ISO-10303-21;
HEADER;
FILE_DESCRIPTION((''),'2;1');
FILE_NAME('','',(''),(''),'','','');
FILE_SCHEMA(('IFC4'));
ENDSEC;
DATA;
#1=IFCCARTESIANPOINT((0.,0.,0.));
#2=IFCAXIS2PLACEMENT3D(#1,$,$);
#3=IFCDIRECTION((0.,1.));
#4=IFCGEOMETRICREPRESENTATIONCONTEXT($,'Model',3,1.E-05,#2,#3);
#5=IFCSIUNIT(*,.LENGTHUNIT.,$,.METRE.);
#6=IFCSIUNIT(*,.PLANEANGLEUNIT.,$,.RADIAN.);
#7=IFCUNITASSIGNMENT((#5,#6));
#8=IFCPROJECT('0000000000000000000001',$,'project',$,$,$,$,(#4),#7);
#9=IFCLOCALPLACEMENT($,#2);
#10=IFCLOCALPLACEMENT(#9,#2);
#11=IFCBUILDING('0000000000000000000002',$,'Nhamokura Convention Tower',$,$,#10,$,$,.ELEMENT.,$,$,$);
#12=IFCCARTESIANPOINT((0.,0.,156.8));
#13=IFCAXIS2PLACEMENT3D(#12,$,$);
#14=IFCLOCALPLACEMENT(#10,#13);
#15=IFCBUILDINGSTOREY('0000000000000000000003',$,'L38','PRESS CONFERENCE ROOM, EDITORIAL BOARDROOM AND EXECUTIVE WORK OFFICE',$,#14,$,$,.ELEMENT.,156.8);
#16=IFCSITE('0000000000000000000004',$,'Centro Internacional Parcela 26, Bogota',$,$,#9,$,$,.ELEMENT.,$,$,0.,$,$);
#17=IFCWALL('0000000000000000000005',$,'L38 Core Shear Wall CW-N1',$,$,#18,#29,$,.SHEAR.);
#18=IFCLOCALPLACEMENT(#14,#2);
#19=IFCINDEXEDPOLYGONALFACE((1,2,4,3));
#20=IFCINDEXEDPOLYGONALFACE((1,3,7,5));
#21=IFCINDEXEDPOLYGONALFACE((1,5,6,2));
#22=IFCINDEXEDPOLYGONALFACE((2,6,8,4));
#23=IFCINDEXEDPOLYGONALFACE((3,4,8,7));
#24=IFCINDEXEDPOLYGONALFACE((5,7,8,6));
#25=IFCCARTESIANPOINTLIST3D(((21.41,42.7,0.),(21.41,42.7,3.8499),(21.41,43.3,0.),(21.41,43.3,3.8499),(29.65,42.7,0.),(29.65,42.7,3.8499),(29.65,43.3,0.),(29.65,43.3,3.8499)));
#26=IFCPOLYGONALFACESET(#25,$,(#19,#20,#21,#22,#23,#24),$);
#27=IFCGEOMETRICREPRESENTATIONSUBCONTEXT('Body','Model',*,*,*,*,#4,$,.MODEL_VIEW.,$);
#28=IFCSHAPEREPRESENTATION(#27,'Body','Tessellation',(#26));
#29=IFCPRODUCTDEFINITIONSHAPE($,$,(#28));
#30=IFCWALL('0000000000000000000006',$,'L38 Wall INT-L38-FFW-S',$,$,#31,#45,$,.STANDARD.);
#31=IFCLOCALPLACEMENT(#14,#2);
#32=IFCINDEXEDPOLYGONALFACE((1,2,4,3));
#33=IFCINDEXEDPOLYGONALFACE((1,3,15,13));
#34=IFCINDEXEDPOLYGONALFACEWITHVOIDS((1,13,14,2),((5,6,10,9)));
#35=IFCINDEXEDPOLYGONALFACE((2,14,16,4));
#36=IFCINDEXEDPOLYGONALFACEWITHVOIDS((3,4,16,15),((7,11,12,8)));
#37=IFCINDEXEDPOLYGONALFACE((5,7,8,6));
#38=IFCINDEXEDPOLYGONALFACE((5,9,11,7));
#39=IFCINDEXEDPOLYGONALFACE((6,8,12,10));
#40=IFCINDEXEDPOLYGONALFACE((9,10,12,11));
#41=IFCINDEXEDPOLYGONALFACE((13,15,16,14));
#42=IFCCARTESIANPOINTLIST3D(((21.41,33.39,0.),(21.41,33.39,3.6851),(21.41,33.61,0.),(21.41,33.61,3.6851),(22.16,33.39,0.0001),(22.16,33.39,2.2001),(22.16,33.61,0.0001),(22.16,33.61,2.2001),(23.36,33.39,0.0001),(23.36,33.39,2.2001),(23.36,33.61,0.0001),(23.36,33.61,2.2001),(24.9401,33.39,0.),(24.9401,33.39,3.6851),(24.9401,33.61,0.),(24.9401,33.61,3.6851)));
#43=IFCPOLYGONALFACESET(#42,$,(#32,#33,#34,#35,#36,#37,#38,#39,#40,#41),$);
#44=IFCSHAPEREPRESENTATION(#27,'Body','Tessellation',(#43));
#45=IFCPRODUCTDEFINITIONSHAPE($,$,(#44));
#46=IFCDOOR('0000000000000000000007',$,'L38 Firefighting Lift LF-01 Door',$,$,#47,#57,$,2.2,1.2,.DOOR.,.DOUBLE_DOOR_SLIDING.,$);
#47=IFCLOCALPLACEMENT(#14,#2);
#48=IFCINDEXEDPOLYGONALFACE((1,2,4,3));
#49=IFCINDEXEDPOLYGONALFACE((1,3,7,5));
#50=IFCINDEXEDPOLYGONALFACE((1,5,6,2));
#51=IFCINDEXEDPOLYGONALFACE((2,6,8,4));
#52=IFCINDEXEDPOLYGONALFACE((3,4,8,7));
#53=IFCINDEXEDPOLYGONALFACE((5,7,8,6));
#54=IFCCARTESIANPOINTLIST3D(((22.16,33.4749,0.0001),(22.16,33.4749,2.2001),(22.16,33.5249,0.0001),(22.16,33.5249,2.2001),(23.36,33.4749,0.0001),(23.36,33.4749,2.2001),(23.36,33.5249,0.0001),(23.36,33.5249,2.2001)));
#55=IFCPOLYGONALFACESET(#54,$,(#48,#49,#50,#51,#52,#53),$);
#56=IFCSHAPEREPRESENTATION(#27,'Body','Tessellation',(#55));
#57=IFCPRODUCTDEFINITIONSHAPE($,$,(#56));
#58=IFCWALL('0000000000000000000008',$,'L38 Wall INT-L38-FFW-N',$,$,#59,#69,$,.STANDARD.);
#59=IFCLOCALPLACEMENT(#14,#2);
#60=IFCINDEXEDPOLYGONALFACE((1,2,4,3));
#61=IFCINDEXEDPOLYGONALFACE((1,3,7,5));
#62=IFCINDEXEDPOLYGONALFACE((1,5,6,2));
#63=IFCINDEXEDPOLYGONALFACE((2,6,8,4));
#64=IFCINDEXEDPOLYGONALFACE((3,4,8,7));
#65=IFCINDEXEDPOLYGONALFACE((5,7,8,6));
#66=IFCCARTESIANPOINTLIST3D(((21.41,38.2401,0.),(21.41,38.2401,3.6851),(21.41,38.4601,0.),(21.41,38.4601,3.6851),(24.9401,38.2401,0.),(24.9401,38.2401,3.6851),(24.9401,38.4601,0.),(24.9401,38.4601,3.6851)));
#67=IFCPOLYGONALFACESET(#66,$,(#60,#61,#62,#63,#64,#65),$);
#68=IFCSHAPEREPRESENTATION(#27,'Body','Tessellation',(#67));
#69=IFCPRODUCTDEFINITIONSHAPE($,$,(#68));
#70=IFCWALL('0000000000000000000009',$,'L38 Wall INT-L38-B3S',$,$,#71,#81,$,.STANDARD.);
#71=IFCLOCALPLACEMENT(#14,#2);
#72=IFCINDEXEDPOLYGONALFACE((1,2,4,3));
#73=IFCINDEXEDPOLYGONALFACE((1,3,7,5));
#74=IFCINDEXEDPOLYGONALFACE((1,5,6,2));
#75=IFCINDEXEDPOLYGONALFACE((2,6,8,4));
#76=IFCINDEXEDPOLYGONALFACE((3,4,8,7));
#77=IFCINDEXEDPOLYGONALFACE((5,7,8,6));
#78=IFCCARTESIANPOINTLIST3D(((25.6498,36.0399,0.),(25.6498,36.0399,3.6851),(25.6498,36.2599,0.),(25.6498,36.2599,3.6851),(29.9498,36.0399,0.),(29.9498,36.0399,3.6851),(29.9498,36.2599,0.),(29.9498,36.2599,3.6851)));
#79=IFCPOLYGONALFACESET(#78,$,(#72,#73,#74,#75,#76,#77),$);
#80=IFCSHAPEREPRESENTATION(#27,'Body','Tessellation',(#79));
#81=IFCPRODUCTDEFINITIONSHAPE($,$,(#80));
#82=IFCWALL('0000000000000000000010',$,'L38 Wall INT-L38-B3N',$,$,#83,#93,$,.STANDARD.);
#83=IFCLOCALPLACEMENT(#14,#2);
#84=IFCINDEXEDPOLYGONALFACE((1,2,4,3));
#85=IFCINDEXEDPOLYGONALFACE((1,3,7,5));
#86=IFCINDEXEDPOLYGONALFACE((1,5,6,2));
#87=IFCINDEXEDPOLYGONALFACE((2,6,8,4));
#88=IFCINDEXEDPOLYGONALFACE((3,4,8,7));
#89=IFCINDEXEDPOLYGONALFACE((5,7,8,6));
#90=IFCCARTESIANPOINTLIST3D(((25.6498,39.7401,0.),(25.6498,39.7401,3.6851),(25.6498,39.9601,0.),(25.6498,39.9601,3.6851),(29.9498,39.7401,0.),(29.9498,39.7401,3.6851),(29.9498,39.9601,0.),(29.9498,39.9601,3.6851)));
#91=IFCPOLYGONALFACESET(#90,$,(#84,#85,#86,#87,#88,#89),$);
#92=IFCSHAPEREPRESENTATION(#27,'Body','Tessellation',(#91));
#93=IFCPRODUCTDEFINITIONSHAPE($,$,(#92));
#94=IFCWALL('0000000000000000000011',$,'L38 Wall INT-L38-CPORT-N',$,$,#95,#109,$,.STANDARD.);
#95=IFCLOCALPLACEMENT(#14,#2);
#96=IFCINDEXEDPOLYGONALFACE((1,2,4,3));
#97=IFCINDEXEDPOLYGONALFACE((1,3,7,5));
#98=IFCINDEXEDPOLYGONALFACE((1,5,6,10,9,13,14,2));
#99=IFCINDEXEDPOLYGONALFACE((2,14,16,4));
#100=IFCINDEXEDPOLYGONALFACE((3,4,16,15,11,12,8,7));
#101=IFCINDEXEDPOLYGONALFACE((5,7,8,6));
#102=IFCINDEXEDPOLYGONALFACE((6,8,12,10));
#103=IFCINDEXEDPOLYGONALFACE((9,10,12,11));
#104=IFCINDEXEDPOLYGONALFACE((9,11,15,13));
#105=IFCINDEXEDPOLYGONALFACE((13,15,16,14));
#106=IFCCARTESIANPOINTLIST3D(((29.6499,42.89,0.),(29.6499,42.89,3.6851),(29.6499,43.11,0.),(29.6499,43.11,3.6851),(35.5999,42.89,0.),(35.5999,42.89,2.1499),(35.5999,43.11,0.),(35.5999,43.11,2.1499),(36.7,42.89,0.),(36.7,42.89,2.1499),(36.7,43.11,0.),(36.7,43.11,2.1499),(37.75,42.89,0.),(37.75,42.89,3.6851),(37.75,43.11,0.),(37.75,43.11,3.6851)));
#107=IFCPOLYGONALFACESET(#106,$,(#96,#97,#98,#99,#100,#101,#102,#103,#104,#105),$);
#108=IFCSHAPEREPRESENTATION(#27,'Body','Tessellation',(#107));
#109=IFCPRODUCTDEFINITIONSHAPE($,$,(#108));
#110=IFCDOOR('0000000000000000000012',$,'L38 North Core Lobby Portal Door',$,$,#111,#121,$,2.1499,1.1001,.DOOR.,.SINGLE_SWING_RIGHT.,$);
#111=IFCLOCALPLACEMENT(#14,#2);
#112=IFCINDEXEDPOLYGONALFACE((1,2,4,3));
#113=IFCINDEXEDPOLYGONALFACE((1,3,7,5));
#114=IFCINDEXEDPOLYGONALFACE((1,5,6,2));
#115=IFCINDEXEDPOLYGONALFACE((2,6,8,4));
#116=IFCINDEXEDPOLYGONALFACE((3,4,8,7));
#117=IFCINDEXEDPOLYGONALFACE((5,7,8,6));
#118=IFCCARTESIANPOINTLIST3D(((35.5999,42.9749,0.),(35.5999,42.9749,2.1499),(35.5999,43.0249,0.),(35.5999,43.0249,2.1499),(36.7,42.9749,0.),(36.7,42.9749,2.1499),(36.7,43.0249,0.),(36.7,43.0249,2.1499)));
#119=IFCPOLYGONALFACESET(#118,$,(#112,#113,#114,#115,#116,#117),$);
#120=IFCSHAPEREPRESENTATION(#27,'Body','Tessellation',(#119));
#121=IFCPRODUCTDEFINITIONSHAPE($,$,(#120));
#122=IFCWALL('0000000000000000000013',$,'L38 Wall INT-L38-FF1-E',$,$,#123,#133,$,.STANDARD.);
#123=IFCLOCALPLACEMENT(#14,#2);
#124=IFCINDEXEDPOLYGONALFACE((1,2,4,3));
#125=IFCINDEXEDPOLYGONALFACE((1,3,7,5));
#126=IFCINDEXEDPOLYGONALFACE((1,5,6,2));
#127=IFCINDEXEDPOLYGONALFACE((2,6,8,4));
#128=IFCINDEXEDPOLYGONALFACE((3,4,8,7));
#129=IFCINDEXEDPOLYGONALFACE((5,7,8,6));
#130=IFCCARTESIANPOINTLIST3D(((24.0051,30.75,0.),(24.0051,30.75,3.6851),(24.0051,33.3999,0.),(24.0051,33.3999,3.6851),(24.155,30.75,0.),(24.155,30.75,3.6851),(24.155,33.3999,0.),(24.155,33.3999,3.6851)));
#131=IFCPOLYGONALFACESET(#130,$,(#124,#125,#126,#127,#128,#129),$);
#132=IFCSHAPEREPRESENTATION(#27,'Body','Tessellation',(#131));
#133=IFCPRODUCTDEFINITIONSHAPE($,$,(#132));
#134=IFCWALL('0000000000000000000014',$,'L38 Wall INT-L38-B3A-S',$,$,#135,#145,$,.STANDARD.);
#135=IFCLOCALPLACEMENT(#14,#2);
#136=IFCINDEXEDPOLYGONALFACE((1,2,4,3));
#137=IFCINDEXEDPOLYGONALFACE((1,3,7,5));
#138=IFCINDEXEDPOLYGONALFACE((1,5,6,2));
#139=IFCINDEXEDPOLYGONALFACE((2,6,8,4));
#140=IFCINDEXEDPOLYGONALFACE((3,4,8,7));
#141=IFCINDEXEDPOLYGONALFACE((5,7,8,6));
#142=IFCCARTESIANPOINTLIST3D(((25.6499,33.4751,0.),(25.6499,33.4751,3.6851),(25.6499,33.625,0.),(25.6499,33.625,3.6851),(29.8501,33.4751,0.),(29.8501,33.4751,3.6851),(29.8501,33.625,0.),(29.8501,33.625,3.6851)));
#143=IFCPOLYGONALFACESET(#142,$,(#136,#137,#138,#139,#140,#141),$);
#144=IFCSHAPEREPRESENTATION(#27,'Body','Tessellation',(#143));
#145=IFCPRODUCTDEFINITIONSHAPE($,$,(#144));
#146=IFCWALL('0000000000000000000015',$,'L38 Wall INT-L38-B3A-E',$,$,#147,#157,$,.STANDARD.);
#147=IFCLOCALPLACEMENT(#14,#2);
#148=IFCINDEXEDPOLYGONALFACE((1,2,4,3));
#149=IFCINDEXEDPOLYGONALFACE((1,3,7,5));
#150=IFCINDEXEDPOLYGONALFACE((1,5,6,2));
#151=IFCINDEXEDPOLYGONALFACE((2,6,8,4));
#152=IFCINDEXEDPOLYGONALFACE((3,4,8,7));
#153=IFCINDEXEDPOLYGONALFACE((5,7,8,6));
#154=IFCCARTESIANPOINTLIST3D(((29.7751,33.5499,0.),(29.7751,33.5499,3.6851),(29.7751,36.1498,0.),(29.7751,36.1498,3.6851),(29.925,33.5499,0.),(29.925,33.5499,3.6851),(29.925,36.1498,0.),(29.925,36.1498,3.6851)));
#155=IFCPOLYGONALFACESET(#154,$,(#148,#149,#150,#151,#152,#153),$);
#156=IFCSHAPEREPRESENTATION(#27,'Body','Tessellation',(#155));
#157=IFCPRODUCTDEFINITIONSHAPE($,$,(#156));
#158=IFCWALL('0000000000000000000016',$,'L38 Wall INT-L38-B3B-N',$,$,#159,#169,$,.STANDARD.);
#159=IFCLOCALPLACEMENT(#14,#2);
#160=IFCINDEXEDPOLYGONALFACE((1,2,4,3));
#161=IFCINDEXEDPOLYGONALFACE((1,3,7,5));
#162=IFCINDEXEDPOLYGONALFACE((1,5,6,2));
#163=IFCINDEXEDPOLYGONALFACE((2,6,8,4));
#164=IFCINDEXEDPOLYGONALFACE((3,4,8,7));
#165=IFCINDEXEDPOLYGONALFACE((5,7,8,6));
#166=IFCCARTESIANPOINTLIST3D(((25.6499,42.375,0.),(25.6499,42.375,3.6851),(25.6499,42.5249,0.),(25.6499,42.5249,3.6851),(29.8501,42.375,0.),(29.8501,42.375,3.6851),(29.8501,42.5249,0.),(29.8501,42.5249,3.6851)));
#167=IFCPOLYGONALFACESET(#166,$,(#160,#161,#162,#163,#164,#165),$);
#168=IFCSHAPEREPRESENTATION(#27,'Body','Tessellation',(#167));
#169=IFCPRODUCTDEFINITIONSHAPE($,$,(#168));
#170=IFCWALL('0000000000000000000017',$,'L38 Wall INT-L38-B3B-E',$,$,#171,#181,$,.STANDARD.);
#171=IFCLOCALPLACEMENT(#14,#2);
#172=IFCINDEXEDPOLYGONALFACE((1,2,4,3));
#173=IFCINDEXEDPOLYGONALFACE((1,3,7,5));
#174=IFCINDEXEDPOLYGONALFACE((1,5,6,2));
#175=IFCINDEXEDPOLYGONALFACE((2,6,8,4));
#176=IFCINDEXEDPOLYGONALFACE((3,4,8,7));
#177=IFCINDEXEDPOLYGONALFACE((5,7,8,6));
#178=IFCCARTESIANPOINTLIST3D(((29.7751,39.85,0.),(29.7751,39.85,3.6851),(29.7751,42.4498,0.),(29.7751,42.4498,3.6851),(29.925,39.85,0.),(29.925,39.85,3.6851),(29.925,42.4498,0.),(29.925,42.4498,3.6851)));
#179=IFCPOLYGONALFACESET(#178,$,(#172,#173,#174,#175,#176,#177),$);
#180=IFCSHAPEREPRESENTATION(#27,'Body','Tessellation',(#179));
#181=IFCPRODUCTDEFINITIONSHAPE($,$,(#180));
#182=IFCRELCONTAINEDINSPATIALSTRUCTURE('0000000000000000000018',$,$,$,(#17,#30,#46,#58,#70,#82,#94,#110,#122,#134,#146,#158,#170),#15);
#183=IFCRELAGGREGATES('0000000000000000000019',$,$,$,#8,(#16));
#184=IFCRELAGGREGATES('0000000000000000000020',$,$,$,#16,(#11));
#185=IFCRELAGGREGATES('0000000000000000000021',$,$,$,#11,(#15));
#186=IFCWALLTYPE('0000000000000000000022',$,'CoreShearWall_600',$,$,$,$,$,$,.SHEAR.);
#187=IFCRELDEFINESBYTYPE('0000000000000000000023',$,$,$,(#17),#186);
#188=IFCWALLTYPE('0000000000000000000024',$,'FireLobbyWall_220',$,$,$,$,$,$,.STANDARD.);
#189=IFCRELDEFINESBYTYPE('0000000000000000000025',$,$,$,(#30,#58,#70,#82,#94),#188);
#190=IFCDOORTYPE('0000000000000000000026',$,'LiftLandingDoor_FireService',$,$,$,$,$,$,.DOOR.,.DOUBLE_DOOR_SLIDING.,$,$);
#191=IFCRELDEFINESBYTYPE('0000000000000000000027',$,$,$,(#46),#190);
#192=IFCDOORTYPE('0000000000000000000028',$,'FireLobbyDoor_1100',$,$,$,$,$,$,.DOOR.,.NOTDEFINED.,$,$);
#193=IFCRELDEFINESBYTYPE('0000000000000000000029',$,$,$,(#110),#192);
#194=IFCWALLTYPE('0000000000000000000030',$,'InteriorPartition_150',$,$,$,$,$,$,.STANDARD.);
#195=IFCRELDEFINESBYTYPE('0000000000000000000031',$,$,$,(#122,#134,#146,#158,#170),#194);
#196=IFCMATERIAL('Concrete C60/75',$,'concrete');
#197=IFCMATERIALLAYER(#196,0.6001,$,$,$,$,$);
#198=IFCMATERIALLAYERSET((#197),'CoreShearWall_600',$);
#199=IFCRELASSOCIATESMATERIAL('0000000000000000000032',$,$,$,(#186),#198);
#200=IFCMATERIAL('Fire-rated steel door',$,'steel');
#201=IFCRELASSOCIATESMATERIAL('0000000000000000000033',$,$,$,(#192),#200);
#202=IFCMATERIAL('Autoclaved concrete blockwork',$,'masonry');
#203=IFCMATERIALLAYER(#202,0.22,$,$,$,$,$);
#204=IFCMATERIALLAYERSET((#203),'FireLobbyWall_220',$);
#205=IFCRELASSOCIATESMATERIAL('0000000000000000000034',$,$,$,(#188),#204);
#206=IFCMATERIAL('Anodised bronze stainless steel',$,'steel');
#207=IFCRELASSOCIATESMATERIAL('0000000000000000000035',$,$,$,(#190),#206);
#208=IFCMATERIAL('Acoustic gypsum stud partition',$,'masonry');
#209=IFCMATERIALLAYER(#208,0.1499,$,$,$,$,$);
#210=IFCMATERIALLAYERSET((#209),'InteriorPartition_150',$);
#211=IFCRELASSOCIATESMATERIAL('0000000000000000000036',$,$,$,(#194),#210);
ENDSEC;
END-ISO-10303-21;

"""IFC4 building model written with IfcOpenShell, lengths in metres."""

from ifc_helpers import new_model, si_unit, direction, frame, frame_2d, origin, place, context, subcontext, project, spatial, rectangle, extrude, material, layer, layer_set, type_object, element, fill, save


model = new_model("IFC4")

# Units and contexts
model_context = context("Model", 3, precision=1e-05, world=origin(), true_north=direction((0.0, 1.0)))
body_context = subcontext(model_context, "Body", "Model", "MODEL_VIEW")
ifc_project = project(units=[si_unit("LENGTHUNIT", "METRE"), si_unit("PLANEANGLEUNIT", "RADIAN")], contexts=[model_context])

# Site, building, storey
site_placement = place(None, origin())
site = spatial("IfcSite", under=ifc_project, at=site_placement, Name="Centro Internacional Parcela 26, Bogota", CompositionType="ELEMENT", RefElevation=0.0)
building_placement = place(site_placement, origin())
building = spatial("IfcBuilding", under=site, at=building_placement, Name="Nhamokura Convention Tower", CompositionType="ELEMENT")
storey_placement = place(building_placement, frame((0.0, 0.0, 156.8)))
storey = spatial("IfcBuildingStorey", under=building, at=storey_placement, Name="L38", Description="PRESS CONFERENCE ROOM, EDITORIAL BOARDROOM AND EXECUTIVE WORK OFFICE", CompositionType="ELEMENT", Elevation=156.8)

# Wall
ifc_material_1 = material(Name="Concrete C60/75", Category="concrete")
ifc_layer_1 = layer(ifc_material_1, 0.6001)
ifc_layer_set_1 = layer_set([ifc_layer_1], Name="CoreShearWall_600")
wall_type_1 = type_object("IfcWallType", Name="CoreShearWall_600", PredefinedType="SHEAR", material=ifc_layer_set_1)
wall_1_placement = place(storey_placement, frame((21.4099, 43.0, 0.0), z_axis=(0.0, 0.0, 1.0), x_axis=(1.0, 0.0, 0.0)))
element("IfcWall", 1, at=wall_1_placement, inside=storey, type_object=wall_type_1, Name="L38 Core Shear Wall CW-N1", PredefinedType="SHEAR", context=body_context, shape_type="SweptSolid", body=[
    extrude(rectangle(XDim=8.24, YDim=0.6001, at=frame_2d((4.1201, 0.0))), origin(), (0.0, 0.0, 1.0), 3.8499),
])

# Wall, opening, door
ifc_material_2 = material(Name="Fire-rated steel door", Category="steel")
door_type_1 = type_object("IfcDoorType", Name="FireLobbyDoor_1100", OperationType="NOTDEFINED", PredefinedType="DOOR", material=ifc_material_2)
ifc_material_3 = material(Name="Autoclaved concrete blockwork", Category="masonry")
ifc_layer_2 = layer(ifc_material_3, 0.22)
ifc_layer_set_2 = layer_set([ifc_layer_2], Name="FireLobbyWall_220")
wall_type_2 = type_object("IfcWallType", Name="FireLobbyWall_220", PredefinedType="STANDARD", material=ifc_layer_set_2)
wall_2_placement = place(storey_placement, frame((21.4099, 33.5, 0.0), z_axis=(0.0, 0.0, 1.0), x_axis=(1.0, 0.0, 0.0)))
wall_2 = element("IfcWall", 2, at=wall_2_placement, inside=storey, type_object=wall_type_2, Name="L38 Wall INT-L38-FFW-S", PredefinedType="STANDARD", context=body_context, shape_type="SweptSolid", body=[
    extrude(rectangle(XDim=3.53, YDim=0.22, at=frame_2d((1.7651, 0.0))), origin(), (0.0, 0.0, 1.0), 3.6851),
])
opening_1_placement = place(wall_2_placement, frame((0.75, 0.0, 0.0)))
opening_1 = element("IfcOpeningElement", 3, at=opening_1_placement, cuts=wall_2, PredefinedType="OPENING", context=body_context, shape_type="SweptSolid", body=[
    extrude(rectangle(XDim=1.2, YDim=2.2, at=frame_2d((0.6001, 1.1001))), frame((0.0, 0.1199, 0.0), z_axis=(0.0, -1.0, 0.0), x_axis=(1.0, 0.0, 0.0)), (0.0, 0.0, 1.0), 0.24),
])
ifc_material_4 = material(Name="Anodised bronze stainless steel", Category="steel")
door_type_2 = type_object("IfcDoorType", Name="LiftLandingDoor_FireService", OperationType="DOUBLE_DOOR_SLIDING", PredefinedType="DOOR", material=ifc_material_4)
door_1_placement = place(opening_1_placement, origin())
door_1 = element("IfcDoor", 4, at=door_1_placement, inside=storey, type_object=door_type_2, Name="L38 Firefighting Lift LF-01 Door", OperationType="DOUBLE_DOOR_SLIDING", OverallHeight=2.2, OverallWidth=1.2, PredefinedType="DOOR", context=body_context, shape_type="SweptSolid", body=[
    extrude(rectangle(XDim=1.2, YDim=2.2, at=frame_2d((0.6001, 1.1001))), frame((0.0, 0.0249, 0.0), z_axis=(0.0, -1.0, 0.0), x_axis=(1.0, 0.0, 0.0)), (0.0, 0.0, 1.0), 0.05),
])
fill(opening_1, door_1)

# Walls
wall_3_placement = place(storey_placement, frame((21.4099, 38.3501, 0.0), z_axis=(0.0, 0.0, 1.0), x_axis=(1.0, 0.0, 0.0)))
element("IfcWall", 5, at=wall_3_placement, inside=storey, type_object=wall_type_2, Name="L38 Wall INT-L38-FFW-N", PredefinedType="STANDARD", context=body_context, shape_type="SweptSolid", body=[
    extrude(rectangle(XDim=3.53, YDim=0.22, at=frame_2d((1.7651, 0.0))), origin(), (0.0, 0.0, 1.0), 3.6851),
])
for number, where, z_axis, x_axis, name in (
    (6, (25.6499, 36.1499, 0.0), (0.0, 0.0, 1.0), (1.0, 0.0, 0.0), "L38 Wall INT-L38-B3S"),
    (7, (25.6499, 39.8501, 0.0), (0.0, 0.0, 1.0), (1.0, 0.0, 0.0), "L38 Wall INT-L38-B3N"),
):
    element("IfcWall", number, at=place(storey_placement, frame(where, z_axis=z_axis, x_axis=x_axis)), inside=storey, type_object=wall_type_2, Name=name, PredefinedType="STANDARD", context=body_context, shape_type="SweptSolid", body=[
        extrude(rectangle(XDim=4.3, YDim=0.22, at=frame_2d((2.1499, 0.0))), origin(), (0.0, 0.0, 1.0), 3.6851),
    ])

# Wall, opening, door
wall_4_placement = place(storey_placement, frame((29.6499, 43.0, 0.0), z_axis=(0.0, 0.0, 1.0), x_axis=(1.0, 0.0, 0.0)))
wall_4 = element("IfcWall", 8, at=wall_4_placement, inside=storey, type_object=wall_type_2, Name="L38 Wall INT-L38-CPORT-N", PredefinedType="STANDARD", context=body_context, shape_type="SweptSolid", body=[
    extrude(rectangle(XDim=8.1001, YDim=0.22, at=frame_2d((4.05, 0.0))), origin(), (0.0, 0.0, 1.0), 3.6851),
])
opening_2_placement = place(wall_4_placement, frame((5.95, 0.0, 0.0)))
opening_2 = element("IfcOpeningElement", 9, at=opening_2_placement, cuts=wall_4, PredefinedType="OPENING", context=body_context, shape_type="SweptSolid", body=[
    extrude(rectangle(XDim=1.1001, YDim=2.1499, at=frame_2d((0.55, 1.075))), frame((0.0, 0.1199, 0.0), z_axis=(0.0, -1.0, 0.0), x_axis=(1.0, 0.0, 0.0)), (0.0, 0.0, 1.0), 0.24),
])
door_2_placement = place(opening_2_placement, origin())
door_2 = element("IfcDoor", 10, at=door_2_placement, inside=storey, type_object=door_type_1, Name="L38 North Core Lobby Portal Door", OperationType="SINGLE_SWING_RIGHT", OverallHeight=2.1499, OverallWidth=1.1001, PredefinedType="DOOR", context=body_context, shape_type="SweptSolid", body=[
    extrude(rectangle(XDim=1.1001, YDim=2.1499, at=frame_2d((0.55, 1.075))), frame((0.0, 0.0249, 0.0), z_axis=(0.0, -1.0, 0.0), x_axis=(1.0, 0.0, 0.0)), (0.0, 0.0, 1.0), 0.05),
])
fill(opening_2, door_2)

# Walls
ifc_material_5 = material(Name="Acoustic gypsum stud partition", Category="masonry")
ifc_layer_3 = layer(ifc_material_5, 0.1499)
ifc_layer_set_3 = layer_set([ifc_layer_3], Name="InteriorPartition_150")
wall_type_3 = type_object("IfcWallType", Name="InteriorPartition_150", PredefinedType="STANDARD", material=ifc_layer_set_3)
wall_5_placement = place(storey_placement, frame((24.0801, 30.75, 0.0), z_axis=(0.0, 0.0, 1.0), x_axis=(0.0, 1.0, 0.0)))
element("IfcWall", 11, at=wall_5_placement, inside=storey, type_object=wall_type_3, Name="L38 Wall INT-L38-FF1-E", PredefinedType="STANDARD", context=body_context, shape_type="SweptSolid", body=[
    extrude(rectangle(XDim=2.6499, YDim=0.1499, at=frame_2d((1.325, 0.0))), origin(), (0.0, 0.0, 1.0), 3.6851),
])
wall_6_placement = place(storey_placement, frame((25.6499, 33.55, 0.0), z_axis=(0.0, 0.0, 1.0), x_axis=(1.0, 0.0, 0.0)))
element("IfcWall", 12, at=wall_6_placement, inside=storey, type_object=wall_type_3, Name="L38 Wall INT-L38-B3A-S", PredefinedType="STANDARD", context=body_context, shape_type="SweptSolid", body=[
    extrude(rectangle(XDim=4.2002, YDim=0.1499, at=frame_2d((2.1001, 0.0))), origin(), (0.0, 0.0, 1.0), 3.6851),
])
wall_7_placement = place(storey_placement, frame((29.8501, 33.55, 0.0), z_axis=(0.0, 0.0, 1.0), x_axis=(0.0, 1.0, 0.0)))
element("IfcWall", 13, at=wall_7_placement, inside=storey, type_object=wall_type_3, Name="L38 Wall INT-L38-B3A-E", PredefinedType="STANDARD", context=body_context, shape_type="SweptSolid", body=[
    extrude(rectangle(XDim=2.5999, YDim=0.1499, at=frame_2d((1.2998, 0.0))), origin(), (0.0, 0.0, 1.0), 3.6851),
])
wall_8_placement = place(storey_placement, frame((25.6499, 42.45, 0.0), z_axis=(0.0, 0.0, 1.0), x_axis=(1.0, 0.0, 0.0)))
element("IfcWall", 14, at=wall_8_placement, inside=storey, type_object=wall_type_3, Name="L38 Wall INT-L38-B3B-N", PredefinedType="STANDARD", context=body_context, shape_type="SweptSolid", body=[
    extrude(rectangle(XDim=4.2002, YDim=0.1499, at=frame_2d((2.1001, 0.0))), origin(), (0.0, 0.0, 1.0), 3.6851),
])
wall_9_placement = place(storey_placement, frame((29.8501, 39.8501, 0.0), z_axis=(0.0, 0.0, 1.0), x_axis=(0.0, 1.0, 0.0)))
element("IfcWall", 15, at=wall_9_placement, inside=storey, type_object=wall_type_3, Name="L38 Wall INT-L38-B3B-E", PredefinedType="STANDARD", context=body_context, shape_type="SweptSolid", body=[
    extrude(rectangle(XDim=2.5999, YDim=0.1499, at=frame_2d((1.2998, 0.0))), origin(), (0.0, 0.0, 1.0), 3.6851),
])

save(model, "model.ifc")
